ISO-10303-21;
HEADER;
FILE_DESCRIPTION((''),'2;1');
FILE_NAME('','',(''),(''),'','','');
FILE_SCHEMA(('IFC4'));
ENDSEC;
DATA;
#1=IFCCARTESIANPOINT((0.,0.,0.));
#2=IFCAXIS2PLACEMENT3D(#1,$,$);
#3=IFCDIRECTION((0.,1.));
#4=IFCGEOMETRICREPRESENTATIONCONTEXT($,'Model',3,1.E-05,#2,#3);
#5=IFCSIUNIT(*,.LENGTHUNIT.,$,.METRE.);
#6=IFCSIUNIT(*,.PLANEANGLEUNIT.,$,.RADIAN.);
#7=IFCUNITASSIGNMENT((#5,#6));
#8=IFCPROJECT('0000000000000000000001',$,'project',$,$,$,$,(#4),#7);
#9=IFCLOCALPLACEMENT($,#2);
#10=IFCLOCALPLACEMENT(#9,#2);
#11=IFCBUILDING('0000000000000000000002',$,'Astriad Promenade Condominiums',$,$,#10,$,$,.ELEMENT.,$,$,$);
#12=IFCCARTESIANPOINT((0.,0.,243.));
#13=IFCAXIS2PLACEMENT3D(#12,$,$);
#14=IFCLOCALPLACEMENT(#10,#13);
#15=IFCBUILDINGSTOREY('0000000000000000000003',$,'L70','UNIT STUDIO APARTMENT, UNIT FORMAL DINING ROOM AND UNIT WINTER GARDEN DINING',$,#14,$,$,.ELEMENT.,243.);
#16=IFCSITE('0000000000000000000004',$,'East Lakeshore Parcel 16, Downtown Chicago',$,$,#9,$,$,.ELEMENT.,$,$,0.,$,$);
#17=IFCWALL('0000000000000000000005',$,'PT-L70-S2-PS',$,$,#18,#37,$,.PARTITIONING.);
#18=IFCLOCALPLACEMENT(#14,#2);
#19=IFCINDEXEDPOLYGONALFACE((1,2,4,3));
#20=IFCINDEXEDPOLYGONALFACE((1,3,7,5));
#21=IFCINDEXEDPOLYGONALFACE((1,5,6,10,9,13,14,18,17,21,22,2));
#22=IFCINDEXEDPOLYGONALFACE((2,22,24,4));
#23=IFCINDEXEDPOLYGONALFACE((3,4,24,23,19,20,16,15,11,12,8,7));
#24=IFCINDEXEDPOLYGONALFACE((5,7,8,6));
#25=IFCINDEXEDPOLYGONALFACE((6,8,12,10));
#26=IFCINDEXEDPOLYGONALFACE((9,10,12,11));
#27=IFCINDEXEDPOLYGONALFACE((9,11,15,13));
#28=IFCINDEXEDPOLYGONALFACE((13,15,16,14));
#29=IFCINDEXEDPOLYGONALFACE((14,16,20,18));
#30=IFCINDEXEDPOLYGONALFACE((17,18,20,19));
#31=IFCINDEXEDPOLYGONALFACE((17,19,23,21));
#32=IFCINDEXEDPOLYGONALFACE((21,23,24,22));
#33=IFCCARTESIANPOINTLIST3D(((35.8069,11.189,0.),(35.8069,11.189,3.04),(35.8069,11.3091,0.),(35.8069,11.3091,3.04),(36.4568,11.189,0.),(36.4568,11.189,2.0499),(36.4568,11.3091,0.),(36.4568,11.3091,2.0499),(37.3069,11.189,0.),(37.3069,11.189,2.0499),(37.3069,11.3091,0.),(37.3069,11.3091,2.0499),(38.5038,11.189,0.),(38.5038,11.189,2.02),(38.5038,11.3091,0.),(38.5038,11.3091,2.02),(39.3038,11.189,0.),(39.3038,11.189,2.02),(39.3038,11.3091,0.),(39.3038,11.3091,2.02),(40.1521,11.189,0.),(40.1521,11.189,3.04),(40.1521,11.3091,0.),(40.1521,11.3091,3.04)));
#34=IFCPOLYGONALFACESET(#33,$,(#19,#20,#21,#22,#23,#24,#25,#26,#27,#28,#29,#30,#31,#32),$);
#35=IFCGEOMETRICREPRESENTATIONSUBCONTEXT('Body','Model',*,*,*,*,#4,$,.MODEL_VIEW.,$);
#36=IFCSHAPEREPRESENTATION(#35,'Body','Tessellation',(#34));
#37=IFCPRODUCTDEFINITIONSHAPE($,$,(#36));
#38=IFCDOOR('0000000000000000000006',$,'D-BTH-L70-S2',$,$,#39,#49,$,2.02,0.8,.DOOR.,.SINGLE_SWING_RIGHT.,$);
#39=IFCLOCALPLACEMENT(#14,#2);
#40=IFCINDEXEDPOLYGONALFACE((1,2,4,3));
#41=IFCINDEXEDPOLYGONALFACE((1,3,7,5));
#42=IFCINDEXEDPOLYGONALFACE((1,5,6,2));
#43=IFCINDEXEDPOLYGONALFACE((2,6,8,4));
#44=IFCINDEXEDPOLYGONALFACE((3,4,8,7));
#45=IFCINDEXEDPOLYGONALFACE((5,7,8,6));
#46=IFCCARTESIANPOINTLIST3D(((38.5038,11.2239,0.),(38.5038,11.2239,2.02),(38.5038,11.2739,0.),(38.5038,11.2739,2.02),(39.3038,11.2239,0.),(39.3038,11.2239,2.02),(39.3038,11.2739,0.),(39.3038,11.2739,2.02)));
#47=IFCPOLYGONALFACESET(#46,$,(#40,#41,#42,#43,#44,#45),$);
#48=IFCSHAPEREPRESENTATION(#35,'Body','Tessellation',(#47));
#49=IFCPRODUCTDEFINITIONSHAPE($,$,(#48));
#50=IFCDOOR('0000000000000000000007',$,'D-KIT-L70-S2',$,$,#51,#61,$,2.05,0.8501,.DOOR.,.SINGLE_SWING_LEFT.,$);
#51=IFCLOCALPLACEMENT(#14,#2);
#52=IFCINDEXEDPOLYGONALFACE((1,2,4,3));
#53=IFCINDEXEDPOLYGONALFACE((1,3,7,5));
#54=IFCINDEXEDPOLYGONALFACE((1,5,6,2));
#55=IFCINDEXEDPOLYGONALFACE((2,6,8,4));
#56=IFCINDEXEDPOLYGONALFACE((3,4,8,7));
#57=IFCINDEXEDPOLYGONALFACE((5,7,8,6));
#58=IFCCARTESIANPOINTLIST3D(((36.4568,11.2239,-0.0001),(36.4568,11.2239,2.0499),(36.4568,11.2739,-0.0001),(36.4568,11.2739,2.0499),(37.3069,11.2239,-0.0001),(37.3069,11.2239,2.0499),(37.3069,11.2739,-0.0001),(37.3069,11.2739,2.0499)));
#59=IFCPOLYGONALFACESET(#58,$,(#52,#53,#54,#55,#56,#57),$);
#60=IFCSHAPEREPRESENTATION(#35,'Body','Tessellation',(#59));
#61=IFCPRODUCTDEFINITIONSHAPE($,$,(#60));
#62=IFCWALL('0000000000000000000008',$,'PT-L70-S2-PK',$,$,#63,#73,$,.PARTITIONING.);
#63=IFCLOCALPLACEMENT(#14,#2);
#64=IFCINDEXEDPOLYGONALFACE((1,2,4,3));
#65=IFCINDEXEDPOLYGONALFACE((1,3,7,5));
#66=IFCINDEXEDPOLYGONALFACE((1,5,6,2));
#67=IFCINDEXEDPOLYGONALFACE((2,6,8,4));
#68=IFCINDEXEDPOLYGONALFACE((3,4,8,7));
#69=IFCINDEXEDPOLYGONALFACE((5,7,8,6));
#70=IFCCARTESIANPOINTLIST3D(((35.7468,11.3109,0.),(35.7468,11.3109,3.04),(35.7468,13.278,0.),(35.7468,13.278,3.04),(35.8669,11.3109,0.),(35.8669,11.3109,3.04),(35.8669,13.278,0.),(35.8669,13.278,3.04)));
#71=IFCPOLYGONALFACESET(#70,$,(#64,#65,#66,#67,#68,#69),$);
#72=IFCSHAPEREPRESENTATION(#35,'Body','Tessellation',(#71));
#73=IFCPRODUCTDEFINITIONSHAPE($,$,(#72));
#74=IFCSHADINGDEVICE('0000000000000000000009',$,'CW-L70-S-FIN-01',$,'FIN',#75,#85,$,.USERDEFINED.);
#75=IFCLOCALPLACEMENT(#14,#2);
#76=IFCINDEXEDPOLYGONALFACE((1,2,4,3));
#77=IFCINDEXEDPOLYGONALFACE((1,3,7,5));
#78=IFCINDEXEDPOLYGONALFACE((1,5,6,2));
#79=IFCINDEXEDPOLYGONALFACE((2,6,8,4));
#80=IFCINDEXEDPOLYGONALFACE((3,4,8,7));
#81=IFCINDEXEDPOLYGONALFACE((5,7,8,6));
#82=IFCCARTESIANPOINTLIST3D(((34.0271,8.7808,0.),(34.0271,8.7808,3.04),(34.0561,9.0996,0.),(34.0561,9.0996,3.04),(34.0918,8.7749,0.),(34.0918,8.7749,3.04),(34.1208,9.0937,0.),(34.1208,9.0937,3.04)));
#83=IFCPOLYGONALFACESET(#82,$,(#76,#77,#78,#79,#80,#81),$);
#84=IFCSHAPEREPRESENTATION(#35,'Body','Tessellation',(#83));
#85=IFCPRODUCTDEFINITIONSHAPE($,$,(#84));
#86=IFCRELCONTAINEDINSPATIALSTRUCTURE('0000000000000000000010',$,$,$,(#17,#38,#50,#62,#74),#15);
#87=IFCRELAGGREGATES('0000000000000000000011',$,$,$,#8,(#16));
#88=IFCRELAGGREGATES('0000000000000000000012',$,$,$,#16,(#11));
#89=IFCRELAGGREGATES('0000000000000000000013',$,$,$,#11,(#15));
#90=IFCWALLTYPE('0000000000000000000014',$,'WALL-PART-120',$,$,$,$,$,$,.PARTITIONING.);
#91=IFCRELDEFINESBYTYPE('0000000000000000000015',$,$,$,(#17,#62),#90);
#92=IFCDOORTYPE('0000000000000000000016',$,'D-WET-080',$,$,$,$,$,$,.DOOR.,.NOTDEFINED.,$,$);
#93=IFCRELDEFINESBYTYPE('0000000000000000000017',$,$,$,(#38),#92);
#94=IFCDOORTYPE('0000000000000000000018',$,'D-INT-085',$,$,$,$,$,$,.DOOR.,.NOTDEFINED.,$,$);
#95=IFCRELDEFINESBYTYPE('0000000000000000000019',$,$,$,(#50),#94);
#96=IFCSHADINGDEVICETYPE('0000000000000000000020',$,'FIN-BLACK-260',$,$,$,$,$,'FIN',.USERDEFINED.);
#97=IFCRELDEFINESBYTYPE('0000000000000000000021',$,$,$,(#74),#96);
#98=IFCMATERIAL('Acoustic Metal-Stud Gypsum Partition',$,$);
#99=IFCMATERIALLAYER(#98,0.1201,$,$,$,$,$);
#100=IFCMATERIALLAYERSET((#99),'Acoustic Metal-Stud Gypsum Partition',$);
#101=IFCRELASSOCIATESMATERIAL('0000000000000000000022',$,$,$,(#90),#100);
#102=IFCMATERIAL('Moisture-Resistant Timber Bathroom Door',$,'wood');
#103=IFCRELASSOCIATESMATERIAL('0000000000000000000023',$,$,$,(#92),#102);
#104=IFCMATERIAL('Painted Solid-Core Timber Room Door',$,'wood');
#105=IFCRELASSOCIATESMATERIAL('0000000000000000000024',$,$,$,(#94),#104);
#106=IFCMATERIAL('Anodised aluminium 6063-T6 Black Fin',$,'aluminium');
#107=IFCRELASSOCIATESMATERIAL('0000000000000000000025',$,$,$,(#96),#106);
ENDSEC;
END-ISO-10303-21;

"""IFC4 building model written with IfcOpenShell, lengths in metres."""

from ifc_helpers import new_model, si_unit, direction, frame, frame_2d, origin, origin_2d, place, context, subcontext, project, spatial, rectangle, extrude, source, transform, mapped, material, layer, layer_set, type_object, type_shapes, element, fill, save


model = new_model("IFC4")

# Units and contexts
model_context = context("Model", 3, precision=1e-05, world=origin(), true_north=direction((0.0, 1.0)))
body_context = subcontext(model_context, "Body", "Model", "MODEL_VIEW")
ifc_project = project(units=[si_unit("LENGTHUNIT", "METRE"), si_unit("PLANEANGLEUNIT", "RADIAN")], contexts=[model_context])

# Site, building, storey
site_placement = place(None, origin())
site = spatial("IfcSite", under=ifc_project, at=site_placement, Name="East Lakeshore Parcel 16, Downtown Chicago", CompositionType="ELEMENT", RefElevation=0.0)
building_placement = place(site_placement, origin())
building = spatial("IfcBuilding", under=site, at=building_placement, Name="Astriad Promenade Condominiums", CompositionType="ELEMENT")
storey_placement = place(building_placement, frame((0.0, 0.0, 243.0)))
storey = spatial("IfcBuildingStorey", under=building, at=storey_placement, Name="L70", Description="UNIT STUDIO APARTMENT, UNIT FORMAL DINING ROOM AND UNIT WINTER GARDEN DINING", CompositionType="ELEMENT", Elevation=243.0)

# Wall, openings, doors
ifc_material_1 = material(Name="Acoustic Metal-Stud Gypsum Partition")
ifc_layer_1 = layer(ifc_material_1, 0.1201)
ifc_layer_set_1 = layer_set([ifc_layer_1], Name="Acoustic Metal-Stud Gypsum Partition")
wall_type_1 = type_object("IfcWallType", Name="WALL-PART-120", PredefinedType="PARTITIONING", material=ifc_layer_set_1)
wall_1_placement = place(storey_placement, frame((35.8069, 11.249, 0.0), z_axis=(0.0, 0.0, 1.0), x_axis=(1.0, 0.0, 0.0)))
wall_1 = element("IfcWall", 1, at=wall_1_placement, inside=storey, type_object=wall_type_1, Name="PT-L70-S2-PS", PredefinedType="PARTITIONING", context=body_context, shape_type="SweptSolid", body=[
    extrude(rectangle(XDim=4.3452, YDim=0.1201, at=frame_2d((2.1726, 0.0))), origin(), (0.0, 0.0, 1.0), 3.04),
])
opening_1_placement = place(wall_1_placement, frame((0.6499, 0.0, 0.0)))
opening_1 = element("IfcOpeningElement", 2, at=opening_1_placement, cuts=wall_1, PredefinedType="OPENING", context=body_context, shape_type="SweptSolid", body=[
    extrude(rectangle(XDim=0.8501, YDim=2.05, at=frame_2d((0.425, 1.0249))), frame((0.0, 0.0701, 0.0), z_axis=(0.0, -1.0, 0.0), x_axis=(1.0, 0.0, 0.0)), (0.0, 0.0, 1.0), 0.1401),
])
opening_2_placement = place(wall_1_placement, frame((2.697, 0.0, 0.0)))
opening_2 = element("IfcOpeningElement", 3, at=opening_2_placement, cuts=wall_1, PredefinedType="OPENING", context=body_context, shape_type="SweptSolid", body=[
    extrude(rectangle(XDim=0.8, YDim=2.02, at=frame_2d((0.3999, 1.01))), frame((0.0, 0.0701, 0.0), z_axis=(0.0, -1.0, 0.0), x_axis=(1.0, 0.0, 0.0)), (0.0, 0.0, 1.0), 0.1401),
])
ifc_material_2 = material(Name="Moisture-Resistant Timber Bathroom Door", Category="wood")
door_type_1 = type_object("IfcDoorType", Name="D-WET-080", OperationType="NOTDEFINED", PredefinedType="DOOR", material=ifc_material_2)
shared_shape_1 = source(origin(), body_context, "Body", "SweptSolid", [
    extrude(rectangle(XDim=0.8, YDim=2.02, at=frame_2d((0.3999, 1.01))), frame((0.0, 0.0249, 0.0), z_axis=(0.0, -1.0, 0.0), x_axis=(1.0, 0.0, 0.0)), (0.0, 0.0, 1.0), 0.05),
])
type_shapes(door_type_1, [shared_shape_1])
door_1_placement = place(opening_2_placement, origin())
door_1 = element("IfcDoor", 4, at=door_1_placement, inside=storey, type_object=door_type_1, Name="D-BTH-L70-S2", OperationType="SINGLE_SWING_RIGHT", OverallHeight=2.02, OverallWidth=0.8, PredefinedType="DOOR", context=body_context, shape_type="MappedRepresentation", body=[
    mapped(shared_shape_1, transform((0.0, 0.0, 0.0), scale=1.0)),
])
fill(opening_2, door_1)
ifc_material_3 = material(Name="Painted Solid-Core Timber Room Door", Category="wood")
door_type_2 = type_object("IfcDoorType", Name="D-INT-085", OperationType="NOTDEFINED", PredefinedType="DOOR", material=ifc_material_3)
shared_shape_2 = source(origin(), body_context, "Body", "SweptSolid", [
    extrude(rectangle(XDim=0.8501, YDim=2.05, at=frame_2d((0.425, 1.0249))), frame((0.0, 0.0249, 0.0), z_axis=(0.0, -1.0, 0.0), x_axis=(1.0, 0.0, 0.0)), (0.0, 0.0, 1.0), 0.05),
])
type_shapes(door_type_2, [shared_shape_2])
door_2_placement = place(opening_1_placement, origin())
door_2 = element("IfcDoor", 5, at=door_2_placement, inside=storey, type_object=door_type_2, Name="D-KIT-L70-S2", OperationType="SINGLE_SWING_LEFT", OverallHeight=2.05, OverallWidth=0.8501, PredefinedType="DOOR", context=body_context, shape_type="MappedRepresentation", body=[
    mapped(shared_shape_2, transform((0.0, 0.0, 0.0), scale=1.0)),
])
fill(opening_1, door_2)

# Wall
wall_2_placement = place(storey_placement, frame((35.8069, 11.311, 0.0), z_axis=(0.0, 0.0, 1.0), x_axis=(0.0, 1.0, 0.0)))
element("IfcWall", 6, at=wall_2_placement, inside=storey, type_object=wall_type_1, Name="PT-L70-S2-PK", PredefinedType="PARTITIONING", context=body_context, shape_type="SweptSolid", body=[
    extrude(rectangle(XDim=1.967, YDim=0.1201, at=frame_2d((0.9834, 0.0))), origin(), (0.0, 0.0, 1.0), 3.04),
])

# Shading device
ifc_material_4 = material(Name="Anodised aluminium 6063-T6 Black Fin", Category="aluminium")
shading_device_type = type_object("IfcShadingDeviceType", Name="FIN-BLACK-260", ElementType="FIN", PredefinedType="USERDEFINED", material=ifc_material_4)
shared_shape_3 = source(origin(), body_context, "Body", "SweptSolid", [
    extrude(rectangle(XDim=0.0649, YDim=0.3201, at=origin_2d()), origin(), (0.0, 0.0, 1.0), 3.04),
])
type_shapes(shading_device_type, [shared_shape_3])
shading_device_placement = place(storey_placement, frame((34.074, 8.9373, 0.0), z_axis=(0.0, 0.0, 1.0), x_axis=(-0.995884, 0.090633, 0.0)))
element("IfcShadingDevice", 7, at=shading_device_placement, inside=storey, type_object=shading_device_type, Name="CW-L70-S-FIN-01", ObjectType="FIN", PredefinedType="USERDEFINED", context=body_context, shape_type="MappedRepresentation", body=[
    mapped(shared_shape_3, transform((0.0, 0.0, 0.0), scale=1.0)),
])

save(model, "model.ifc")
